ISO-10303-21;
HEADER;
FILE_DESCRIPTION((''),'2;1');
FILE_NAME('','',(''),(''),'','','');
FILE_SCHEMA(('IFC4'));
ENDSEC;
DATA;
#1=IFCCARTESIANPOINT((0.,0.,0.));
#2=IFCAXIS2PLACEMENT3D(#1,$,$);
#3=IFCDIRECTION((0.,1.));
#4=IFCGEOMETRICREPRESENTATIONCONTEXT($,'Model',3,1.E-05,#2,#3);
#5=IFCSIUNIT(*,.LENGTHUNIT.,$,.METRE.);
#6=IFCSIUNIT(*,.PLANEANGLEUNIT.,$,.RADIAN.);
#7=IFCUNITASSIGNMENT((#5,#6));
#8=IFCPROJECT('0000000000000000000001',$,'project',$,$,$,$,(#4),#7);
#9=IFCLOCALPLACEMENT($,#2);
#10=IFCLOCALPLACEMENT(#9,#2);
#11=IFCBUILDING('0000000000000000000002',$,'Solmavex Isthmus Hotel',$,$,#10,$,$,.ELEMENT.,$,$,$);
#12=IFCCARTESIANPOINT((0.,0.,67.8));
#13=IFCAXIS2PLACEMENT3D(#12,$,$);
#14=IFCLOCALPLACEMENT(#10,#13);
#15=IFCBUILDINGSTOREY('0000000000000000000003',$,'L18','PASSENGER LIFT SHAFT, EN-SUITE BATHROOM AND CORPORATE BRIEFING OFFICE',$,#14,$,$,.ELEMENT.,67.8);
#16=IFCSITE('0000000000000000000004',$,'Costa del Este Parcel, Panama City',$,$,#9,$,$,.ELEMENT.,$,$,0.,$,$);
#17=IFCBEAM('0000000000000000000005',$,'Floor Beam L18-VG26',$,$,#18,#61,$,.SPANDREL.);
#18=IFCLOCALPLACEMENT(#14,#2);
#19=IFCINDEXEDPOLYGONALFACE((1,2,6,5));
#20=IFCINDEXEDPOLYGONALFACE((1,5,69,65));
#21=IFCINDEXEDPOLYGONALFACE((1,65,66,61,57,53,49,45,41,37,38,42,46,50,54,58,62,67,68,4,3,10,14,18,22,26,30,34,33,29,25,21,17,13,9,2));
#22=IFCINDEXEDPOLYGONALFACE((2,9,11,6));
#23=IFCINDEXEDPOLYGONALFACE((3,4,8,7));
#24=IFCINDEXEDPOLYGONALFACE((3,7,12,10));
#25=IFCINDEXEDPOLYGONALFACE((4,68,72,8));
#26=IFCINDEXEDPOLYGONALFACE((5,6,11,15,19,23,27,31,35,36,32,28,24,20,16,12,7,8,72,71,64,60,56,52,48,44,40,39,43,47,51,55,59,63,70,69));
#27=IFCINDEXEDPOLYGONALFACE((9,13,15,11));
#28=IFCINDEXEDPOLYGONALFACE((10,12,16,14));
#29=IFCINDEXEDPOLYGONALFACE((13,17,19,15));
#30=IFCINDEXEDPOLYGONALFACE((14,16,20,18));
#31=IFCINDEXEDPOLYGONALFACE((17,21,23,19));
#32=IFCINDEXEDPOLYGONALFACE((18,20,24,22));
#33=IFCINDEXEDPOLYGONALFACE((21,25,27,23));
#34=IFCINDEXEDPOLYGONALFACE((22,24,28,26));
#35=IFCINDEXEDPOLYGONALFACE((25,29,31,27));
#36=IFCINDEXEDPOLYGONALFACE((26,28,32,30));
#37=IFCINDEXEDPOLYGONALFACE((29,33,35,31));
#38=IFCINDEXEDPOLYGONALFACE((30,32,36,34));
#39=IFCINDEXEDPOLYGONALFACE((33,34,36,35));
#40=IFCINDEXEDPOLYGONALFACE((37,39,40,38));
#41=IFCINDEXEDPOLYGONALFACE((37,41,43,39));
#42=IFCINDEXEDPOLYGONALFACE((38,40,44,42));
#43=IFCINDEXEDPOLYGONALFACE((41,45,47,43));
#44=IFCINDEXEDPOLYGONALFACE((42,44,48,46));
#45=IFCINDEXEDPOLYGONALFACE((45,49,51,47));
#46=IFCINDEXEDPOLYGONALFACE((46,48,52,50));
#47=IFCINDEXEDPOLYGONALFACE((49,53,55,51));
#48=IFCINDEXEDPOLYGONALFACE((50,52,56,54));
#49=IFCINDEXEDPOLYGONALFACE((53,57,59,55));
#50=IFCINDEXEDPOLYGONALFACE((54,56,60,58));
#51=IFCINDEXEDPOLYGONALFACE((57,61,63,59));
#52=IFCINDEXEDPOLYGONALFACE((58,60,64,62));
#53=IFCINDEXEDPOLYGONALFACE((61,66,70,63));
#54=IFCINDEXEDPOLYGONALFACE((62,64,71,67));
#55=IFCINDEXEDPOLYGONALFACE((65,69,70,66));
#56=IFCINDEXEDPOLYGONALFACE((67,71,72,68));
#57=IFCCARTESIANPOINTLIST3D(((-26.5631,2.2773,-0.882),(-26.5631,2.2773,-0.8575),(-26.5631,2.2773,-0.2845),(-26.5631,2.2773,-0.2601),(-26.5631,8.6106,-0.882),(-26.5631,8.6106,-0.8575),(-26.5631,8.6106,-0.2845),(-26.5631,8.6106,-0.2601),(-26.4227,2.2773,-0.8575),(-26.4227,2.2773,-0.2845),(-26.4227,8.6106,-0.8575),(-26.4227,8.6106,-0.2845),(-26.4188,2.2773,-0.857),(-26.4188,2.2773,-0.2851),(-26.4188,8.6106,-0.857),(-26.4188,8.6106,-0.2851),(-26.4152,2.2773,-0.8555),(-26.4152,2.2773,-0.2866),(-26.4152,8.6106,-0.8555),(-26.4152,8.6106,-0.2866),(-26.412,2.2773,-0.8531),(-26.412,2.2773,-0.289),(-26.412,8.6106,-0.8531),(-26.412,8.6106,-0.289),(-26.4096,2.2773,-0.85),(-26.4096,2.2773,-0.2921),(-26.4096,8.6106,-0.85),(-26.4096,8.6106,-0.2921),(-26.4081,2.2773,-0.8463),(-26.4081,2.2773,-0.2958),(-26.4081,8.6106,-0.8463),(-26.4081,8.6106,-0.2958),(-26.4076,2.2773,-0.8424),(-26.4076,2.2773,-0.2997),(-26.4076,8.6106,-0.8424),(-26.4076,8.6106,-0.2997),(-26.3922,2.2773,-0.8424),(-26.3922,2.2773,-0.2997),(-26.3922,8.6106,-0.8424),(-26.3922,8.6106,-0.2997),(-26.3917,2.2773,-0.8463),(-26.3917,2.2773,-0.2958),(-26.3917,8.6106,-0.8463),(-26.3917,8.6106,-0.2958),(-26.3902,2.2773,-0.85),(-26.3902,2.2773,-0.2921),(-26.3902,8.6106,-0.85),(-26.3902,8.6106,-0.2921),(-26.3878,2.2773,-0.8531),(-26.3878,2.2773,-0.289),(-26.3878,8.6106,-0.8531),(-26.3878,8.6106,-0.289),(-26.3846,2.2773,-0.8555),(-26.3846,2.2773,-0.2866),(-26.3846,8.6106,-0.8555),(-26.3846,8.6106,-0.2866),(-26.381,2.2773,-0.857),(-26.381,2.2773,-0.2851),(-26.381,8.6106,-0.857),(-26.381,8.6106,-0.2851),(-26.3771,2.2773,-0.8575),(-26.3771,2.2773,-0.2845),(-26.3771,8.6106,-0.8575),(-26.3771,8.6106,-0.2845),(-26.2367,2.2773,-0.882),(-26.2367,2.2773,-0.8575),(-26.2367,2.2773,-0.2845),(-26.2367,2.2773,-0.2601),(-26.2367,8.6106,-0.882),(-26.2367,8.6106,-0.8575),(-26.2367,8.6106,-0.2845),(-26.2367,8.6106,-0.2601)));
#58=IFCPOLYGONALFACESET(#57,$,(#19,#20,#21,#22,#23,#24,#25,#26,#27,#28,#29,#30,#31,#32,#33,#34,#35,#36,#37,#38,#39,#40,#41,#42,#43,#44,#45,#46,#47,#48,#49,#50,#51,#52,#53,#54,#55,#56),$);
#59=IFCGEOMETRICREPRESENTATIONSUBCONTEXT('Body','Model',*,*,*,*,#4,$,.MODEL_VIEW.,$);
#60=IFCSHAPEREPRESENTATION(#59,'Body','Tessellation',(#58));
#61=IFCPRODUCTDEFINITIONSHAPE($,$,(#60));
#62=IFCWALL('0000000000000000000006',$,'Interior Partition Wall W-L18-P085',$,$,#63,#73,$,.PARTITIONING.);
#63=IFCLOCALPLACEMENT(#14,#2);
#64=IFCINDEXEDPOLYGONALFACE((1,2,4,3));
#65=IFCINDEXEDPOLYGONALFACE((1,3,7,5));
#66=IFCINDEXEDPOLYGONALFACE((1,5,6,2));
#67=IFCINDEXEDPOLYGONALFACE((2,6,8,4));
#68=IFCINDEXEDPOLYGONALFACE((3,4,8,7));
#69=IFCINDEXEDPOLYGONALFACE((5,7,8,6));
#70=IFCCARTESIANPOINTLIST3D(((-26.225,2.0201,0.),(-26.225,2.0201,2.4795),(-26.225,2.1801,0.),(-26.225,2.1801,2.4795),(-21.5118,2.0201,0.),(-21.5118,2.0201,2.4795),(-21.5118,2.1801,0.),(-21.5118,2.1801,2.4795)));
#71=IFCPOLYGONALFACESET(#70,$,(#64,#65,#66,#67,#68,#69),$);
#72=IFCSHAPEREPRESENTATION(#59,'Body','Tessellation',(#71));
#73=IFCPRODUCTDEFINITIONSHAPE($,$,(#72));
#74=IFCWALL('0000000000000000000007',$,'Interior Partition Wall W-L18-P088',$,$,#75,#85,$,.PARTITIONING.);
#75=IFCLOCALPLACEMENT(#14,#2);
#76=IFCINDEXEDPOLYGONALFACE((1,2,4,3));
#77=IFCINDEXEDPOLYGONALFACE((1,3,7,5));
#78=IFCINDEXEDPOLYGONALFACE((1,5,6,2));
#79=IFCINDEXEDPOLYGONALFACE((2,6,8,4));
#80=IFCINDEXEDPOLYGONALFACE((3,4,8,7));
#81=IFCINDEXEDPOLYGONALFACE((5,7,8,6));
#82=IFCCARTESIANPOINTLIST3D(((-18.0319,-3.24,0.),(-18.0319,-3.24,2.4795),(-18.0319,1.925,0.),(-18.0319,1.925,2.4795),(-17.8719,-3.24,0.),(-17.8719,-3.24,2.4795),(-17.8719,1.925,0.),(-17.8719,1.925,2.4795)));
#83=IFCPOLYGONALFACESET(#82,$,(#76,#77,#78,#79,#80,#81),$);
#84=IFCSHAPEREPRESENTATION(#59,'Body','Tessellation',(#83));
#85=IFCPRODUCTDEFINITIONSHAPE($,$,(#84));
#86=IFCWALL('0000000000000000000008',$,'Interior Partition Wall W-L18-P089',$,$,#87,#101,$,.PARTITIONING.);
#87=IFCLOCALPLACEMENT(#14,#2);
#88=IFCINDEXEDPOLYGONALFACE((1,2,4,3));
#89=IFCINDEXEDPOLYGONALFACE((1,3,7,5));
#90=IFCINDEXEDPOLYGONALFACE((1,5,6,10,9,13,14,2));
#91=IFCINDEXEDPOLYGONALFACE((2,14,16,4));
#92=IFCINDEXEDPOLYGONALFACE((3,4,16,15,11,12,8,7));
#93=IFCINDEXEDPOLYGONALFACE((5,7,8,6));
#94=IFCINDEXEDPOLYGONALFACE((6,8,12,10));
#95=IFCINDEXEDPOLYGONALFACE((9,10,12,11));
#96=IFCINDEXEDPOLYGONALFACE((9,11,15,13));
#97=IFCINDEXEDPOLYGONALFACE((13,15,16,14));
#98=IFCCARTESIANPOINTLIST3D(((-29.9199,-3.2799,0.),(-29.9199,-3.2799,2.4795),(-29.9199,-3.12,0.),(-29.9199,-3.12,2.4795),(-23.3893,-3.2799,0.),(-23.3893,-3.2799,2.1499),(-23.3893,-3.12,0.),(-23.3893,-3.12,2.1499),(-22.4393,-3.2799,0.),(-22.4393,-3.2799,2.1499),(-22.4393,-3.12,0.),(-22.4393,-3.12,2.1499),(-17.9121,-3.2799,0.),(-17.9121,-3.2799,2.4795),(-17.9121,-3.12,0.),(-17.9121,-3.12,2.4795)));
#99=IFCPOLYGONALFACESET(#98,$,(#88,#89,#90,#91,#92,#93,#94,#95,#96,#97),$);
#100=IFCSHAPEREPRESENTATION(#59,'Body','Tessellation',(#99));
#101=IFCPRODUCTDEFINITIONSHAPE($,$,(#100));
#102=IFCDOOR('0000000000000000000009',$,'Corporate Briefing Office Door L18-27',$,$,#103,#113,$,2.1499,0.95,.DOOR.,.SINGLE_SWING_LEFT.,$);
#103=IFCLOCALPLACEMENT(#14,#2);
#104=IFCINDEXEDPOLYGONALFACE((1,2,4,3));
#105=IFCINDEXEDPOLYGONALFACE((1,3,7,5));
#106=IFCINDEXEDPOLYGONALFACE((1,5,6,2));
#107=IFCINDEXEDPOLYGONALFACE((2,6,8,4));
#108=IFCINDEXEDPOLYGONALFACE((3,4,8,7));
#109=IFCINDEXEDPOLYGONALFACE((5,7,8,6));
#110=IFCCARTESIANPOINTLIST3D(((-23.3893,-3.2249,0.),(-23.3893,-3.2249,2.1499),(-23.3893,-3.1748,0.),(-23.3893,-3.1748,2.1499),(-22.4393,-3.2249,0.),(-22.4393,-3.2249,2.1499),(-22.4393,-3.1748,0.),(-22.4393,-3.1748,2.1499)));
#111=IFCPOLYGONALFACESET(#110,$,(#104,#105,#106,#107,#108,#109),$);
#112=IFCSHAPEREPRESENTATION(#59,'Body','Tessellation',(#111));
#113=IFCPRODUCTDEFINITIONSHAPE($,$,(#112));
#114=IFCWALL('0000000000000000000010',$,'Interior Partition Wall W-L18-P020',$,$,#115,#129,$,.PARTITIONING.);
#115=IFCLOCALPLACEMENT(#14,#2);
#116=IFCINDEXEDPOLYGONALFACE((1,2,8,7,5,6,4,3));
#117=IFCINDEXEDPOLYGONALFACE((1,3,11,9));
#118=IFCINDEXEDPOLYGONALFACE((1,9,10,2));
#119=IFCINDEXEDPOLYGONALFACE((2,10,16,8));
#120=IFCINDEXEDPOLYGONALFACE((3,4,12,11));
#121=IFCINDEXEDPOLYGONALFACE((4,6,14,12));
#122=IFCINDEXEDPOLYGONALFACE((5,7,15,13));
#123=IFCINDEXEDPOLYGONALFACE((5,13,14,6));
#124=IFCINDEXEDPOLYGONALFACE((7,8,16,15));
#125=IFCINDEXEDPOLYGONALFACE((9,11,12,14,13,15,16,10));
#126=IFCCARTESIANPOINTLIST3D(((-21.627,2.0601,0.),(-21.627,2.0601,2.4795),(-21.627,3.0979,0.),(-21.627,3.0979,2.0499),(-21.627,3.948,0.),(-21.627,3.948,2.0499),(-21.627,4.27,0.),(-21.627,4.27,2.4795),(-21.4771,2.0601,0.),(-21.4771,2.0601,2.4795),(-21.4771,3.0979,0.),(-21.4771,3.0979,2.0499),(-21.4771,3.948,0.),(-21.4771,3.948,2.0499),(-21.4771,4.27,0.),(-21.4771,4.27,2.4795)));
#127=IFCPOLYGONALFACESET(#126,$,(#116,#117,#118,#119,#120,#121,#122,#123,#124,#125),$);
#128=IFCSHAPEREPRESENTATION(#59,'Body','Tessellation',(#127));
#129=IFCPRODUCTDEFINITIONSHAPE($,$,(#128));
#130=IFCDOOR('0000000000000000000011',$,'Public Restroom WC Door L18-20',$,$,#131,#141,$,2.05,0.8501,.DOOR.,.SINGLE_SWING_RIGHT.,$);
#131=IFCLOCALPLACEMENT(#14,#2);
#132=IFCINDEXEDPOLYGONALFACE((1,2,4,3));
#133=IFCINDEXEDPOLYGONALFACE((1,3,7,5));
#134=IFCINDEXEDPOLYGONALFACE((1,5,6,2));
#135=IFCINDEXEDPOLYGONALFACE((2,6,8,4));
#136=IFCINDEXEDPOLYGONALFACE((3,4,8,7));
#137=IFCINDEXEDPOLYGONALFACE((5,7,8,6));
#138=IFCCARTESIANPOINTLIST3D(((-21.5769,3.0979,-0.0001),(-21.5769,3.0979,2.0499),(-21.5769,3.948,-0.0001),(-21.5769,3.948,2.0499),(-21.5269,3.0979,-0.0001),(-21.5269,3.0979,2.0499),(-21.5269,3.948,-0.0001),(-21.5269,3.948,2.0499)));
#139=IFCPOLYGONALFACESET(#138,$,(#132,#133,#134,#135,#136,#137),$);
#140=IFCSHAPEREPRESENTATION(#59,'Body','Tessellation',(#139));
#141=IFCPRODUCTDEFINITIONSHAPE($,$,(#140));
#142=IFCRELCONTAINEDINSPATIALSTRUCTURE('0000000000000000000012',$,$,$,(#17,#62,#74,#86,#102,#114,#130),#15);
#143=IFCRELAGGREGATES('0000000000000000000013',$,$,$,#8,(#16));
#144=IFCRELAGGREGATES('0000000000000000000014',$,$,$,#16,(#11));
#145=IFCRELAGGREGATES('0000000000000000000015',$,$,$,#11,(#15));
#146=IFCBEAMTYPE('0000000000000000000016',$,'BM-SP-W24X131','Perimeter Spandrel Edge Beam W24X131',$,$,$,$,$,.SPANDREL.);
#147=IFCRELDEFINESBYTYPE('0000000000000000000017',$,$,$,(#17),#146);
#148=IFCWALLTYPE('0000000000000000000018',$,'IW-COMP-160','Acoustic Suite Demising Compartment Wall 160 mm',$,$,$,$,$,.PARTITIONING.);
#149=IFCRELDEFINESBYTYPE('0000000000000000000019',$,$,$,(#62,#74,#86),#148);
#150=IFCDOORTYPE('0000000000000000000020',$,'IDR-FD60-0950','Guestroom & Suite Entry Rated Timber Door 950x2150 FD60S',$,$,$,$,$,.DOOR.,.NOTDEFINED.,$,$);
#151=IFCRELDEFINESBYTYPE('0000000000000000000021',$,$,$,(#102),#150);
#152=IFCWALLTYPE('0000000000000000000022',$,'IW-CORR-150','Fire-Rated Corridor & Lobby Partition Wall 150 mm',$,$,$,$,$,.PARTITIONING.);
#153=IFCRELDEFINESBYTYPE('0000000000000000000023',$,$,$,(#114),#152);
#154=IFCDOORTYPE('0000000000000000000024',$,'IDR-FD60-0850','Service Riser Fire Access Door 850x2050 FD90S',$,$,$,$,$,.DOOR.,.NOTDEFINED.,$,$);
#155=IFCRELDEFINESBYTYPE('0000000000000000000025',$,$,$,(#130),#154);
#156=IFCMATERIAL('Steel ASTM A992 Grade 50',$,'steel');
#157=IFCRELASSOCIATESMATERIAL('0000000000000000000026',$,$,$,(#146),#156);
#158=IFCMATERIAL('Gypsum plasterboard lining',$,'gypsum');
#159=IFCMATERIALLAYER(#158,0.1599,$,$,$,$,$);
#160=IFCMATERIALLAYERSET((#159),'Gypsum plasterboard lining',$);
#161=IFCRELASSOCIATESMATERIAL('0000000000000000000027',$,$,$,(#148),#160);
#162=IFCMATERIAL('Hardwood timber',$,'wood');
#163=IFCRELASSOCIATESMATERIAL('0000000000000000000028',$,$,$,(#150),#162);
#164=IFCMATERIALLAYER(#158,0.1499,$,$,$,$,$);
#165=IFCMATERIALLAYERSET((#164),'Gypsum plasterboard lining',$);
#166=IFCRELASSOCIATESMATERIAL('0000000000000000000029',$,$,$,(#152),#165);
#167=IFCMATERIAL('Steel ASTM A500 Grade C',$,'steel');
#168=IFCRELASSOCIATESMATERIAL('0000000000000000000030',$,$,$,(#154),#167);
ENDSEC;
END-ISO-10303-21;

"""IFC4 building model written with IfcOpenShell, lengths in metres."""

from ifc_helpers import new_model, si_unit, direction, frame, frame_2d, origin, origin_2d, place, context, subcontext, project, spatial, rectangle, i_section, extrude, material, layer, layer_set, material_profile, profile_set, type_object, element, fill, save


model = new_model("IFC4")

# Units and contexts
model_context = context("Model", 3, precision=1e-05, world=origin(), true_north=direction((0.0, 1.0)))
body_context = subcontext(model_context, "Body", "Model", "MODEL_VIEW")
ifc_project = project(units=[si_unit("LENGTHUNIT", "METRE"), si_unit("PLANEANGLEUNIT", "RADIAN")], contexts=[model_context])

# Site, building, storey
site_placement = place(None, origin())
site = spatial("IfcSite", under=ifc_project, at=site_placement, Name="Costa del Este Parcel, Panama City", CompositionType="ELEMENT", RefElevation=0.0)
building_placement = place(site_placement, origin())
building = spatial("IfcBuilding", under=site, at=building_placement, Name="Solmavex Isthmus Hotel", CompositionType="ELEMENT")
storey_placement = place(building_placement, frame((0.0, 0.0, 67.8)))
storey = spatial("IfcBuildingStorey", under=building, at=storey_placement, Name="L18", Description="PASSENGER LIFT SHAFT, EN-SUITE BATHROOM AND CORPORATE BRIEFING OFFICE", CompositionType="ELEMENT", Elevation=67.8)

# Beam
ifc_material_1 = material(Name="Steel ASTM A992 Grade 50", Category="steel")
ifc_material_profile_1 = material_profile(ifc_material_1, i_section(OverallWidth=0.3264, OverallDepth=0.6218, WebThickness=0.0154, FlangeThickness=0.0244, FilletRadius=0.0151, at=origin_2d()), Name="W24X131")
ifc_profile_set_1 = profile_set([ifc_material_profile_1], Name="Steel ASTM A992 Grade 50")
beam_type_1 = type_object("IfcBeamType", Name="BM-SP-W24X131", Description="Perimeter Spandrel Edge Beam W24X131", PredefinedType="SPANDREL", material=ifc_profile_set_1)
beam_1_placement = place(storey_placement, frame((-26.3999, 2.2773, -0.571), z_axis=(0.0, 1.0, 0.0), x_axis=(-1.0, 0.0, 0.0)))
element("IfcBeam", 1, at=beam_1_placement, inside=storey, type_object=beam_type_1, Name="Floor Beam L18-VG26", PredefinedType="SPANDREL", context=body_context, shape_type="SweptSolid", body=[
    extrude(i_section(OverallWidth=0.3264, OverallDepth=0.6218, WebThickness=0.0154, FlangeThickness=0.0244, FilletRadius=0.0151, at=origin_2d()), origin(), (0.0, 0.0, 1.0), 6.3333),
])

# Walls
ifc_material_2 = material(Name="Gypsum plasterboard lining", Category="gypsum")
ifc_layer_1 = layer(ifc_material_2, 0.1599)
ifc_layer_set_1 = layer_set([ifc_layer_1], Name="Gypsum plasterboard lining")
wall_type_1 = type_object("IfcWallType", Name="IW-COMP-160", Description="Acoustic Suite Demising Compartment Wall 160 mm", PredefinedType="PARTITIONING", material=ifc_layer_set_1)
wall_1_placement = place(storey_placement, frame((-21.512, 2.1001, 0.0), z_axis=(0.0, 0.0, 1.0), x_axis=(-1.0, 0.0, 0.0)))
element("IfcWall", 2, at=wall_1_placement, inside=storey, type_object=wall_type_1, Name="Interior Partition Wall W-L18-P085", PredefinedType="PARTITIONING", context=body_context, shape_type="SweptSolid", body=[
    extrude(rectangle(XDim=4.7131, YDim=0.1599, at=frame_2d((2.3564, 0.0))), origin(), (0.0, 0.0, 1.0), 2.4795),
])
wall_2_placement = place(storey_placement, frame((-17.9519, 1.925, 0.0), z_axis=(0.0, 0.0, 1.0), x_axis=(0.0, -1.0, 0.0)))
element("IfcWall", 3, at=wall_2_placement, inside=storey, type_object=wall_type_1, Name="Interior Partition Wall W-L18-P088", PredefinedType="PARTITIONING", context=body_context, shape_type="SweptSolid", body=[
    extrude(rectangle(XDim=5.165, YDim=0.1599, at=frame_2d((2.5825, 0.0))), origin(), (0.0, 0.0, 1.0), 2.4795),
])

# Walls, openings, doors
wall_3_placement = place(storey_placement, frame((-17.9121, -3.2, 0.0), z_axis=(0.0, 0.0, 1.0), x_axis=(-1.0, 0.0, 0.0)))
wall_3 = element("IfcWall", 4, at=wall_3_placement, inside=storey, type_object=wall_type_1, Name="Interior Partition Wall W-L18-P089", PredefinedType="PARTITIONING", context=body_context, shape_type="SweptSolid", body=[
    extrude(rectangle(XDim=12.0078, YDim=0.1599, at=frame_2d((6.0039, 0.0))), origin(), (0.0, 0.0, 1.0), 2.4795),
])
opening_1_placement = place(wall_3_placement, frame((4.5271, 0.0, 0.0)))
opening_1 = element("IfcOpeningElement", 5, at=opening_1_placement, cuts=wall_3, PredefinedType="OPENING", context=body_context, shape_type="SweptSolid", body=[
    extrude(rectangle(XDim=0.95, YDim=2.1499, at=frame_2d((0.4751, 1.075))), frame((0.0, 0.0898, 0.0), z_axis=(0.0, -1.0, 0.0), x_axis=(1.0, 0.0, 0.0)), (0.0, 0.0, 1.0), 0.1799),
])
ifc_material_3 = material(Name="Hardwood timber", Category="wood")
door_type_1 = type_object("IfcDoorType", Name="IDR-FD60-0950", Description="Guestroom & Suite Entry Rated Timber Door 950x2150 FD60S", OperationType="NOTDEFINED", PredefinedType="DOOR", material=ifc_material_3)
door_1_placement = place(opening_1_placement, origin())
door_1 = element("IfcDoor", 6, at=door_1_placement, inside=storey, type_object=door_type_1, Name="Corporate Briefing Office Door L18-27", OperationType="SINGLE_SWING_LEFT", OverallHeight=2.1499, OverallWidth=0.95, PredefinedType="DOOR", context=body_context, shape_type="SweptSolid", body=[
    extrude(rectangle(XDim=0.95, YDim=2.1499, at=frame_2d((0.4751, 1.075))), frame((0.0, 0.0249, 0.0), z_axis=(0.0, -1.0, 0.0), x_axis=(1.0, 0.0, 0.0)), (0.0, 0.0, 1.0), 0.05),
])
fill(opening_1, door_1)
ifc_layer_2 = layer(ifc_material_2, 0.1499)
ifc_layer_set_2 = layer_set([ifc_layer_2], Name="Gypsum plasterboard lining")
wall_type_2 = type_object("IfcWallType", Name="IW-CORR-150", Description="Fire-Rated Corridor & Lobby Partition Wall 150 mm", PredefinedType="PARTITIONING", material=ifc_layer_set_2)
wall_4_placement = place(storey_placement, frame((-21.552, 2.0601, 0.0), z_axis=(0.0, 0.0, 1.0), x_axis=(0.0, 1.0, 0.0)))
wall_4 = element("IfcWall", 7, at=wall_4_placement, inside=storey, type_object=wall_type_2, Name="Interior Partition Wall W-L18-P020", PredefinedType="PARTITIONING", context=body_context, shape_type="SweptSolid", body=[
    extrude(rectangle(XDim=2.21, YDim=0.1499, at=frame_2d((1.105, 0.0))), origin(), (0.0, 0.0, 1.0), 2.4795),
])
opening_2_placement = place(wall_4_placement, frame((1.0378, 0.0, 0.0)))
opening_2 = element("IfcOpeningElement", 8, at=opening_2_placement, cuts=wall_4, PredefinedType="OPENING", context=body_context, shape_type="SweptSolid", body=[
    extrude(rectangle(XDim=0.8501, YDim=2.05, at=frame_2d((0.425, 1.0249))), frame((0.0, 0.085, 0.0), z_axis=(0.0, -1.0, 0.0), x_axis=(1.0, 0.0, 0.0)), (0.0, 0.0, 1.0), 0.1699),
])
ifc_material_4 = material(Name="Steel ASTM A500 Grade C", Category="steel")
door_type_2 = type_object("IfcDoorType", Name="IDR-FD60-0850", Description="Service Riser Fire Access Door 850x2050 FD90S", OperationType="NOTDEFINED", PredefinedType="DOOR", material=ifc_material_4)
door_2_placement = place(opening_2_placement, origin())
door_2 = element("IfcDoor", 9, at=door_2_placement, inside=storey, type_object=door_type_2, Name="Public Restroom WC Door L18-20", OperationType="SINGLE_SWING_RIGHT", OverallHeight=2.05, OverallWidth=0.8501, PredefinedType="DOOR", context=body_context, shape_type="SweptSolid", body=[
    extrude(rectangle(XDim=0.8501, YDim=2.05, at=frame_2d((0.425, 1.0249))), frame((0.0, 0.0249, 0.0), z_axis=(0.0, -1.0, 0.0), x_axis=(1.0, 0.0, 0.0)), (0.0, 0.0, 1.0), 0.05),
])
fill(opening_2, door_2)

save(model, "model.ifc")
